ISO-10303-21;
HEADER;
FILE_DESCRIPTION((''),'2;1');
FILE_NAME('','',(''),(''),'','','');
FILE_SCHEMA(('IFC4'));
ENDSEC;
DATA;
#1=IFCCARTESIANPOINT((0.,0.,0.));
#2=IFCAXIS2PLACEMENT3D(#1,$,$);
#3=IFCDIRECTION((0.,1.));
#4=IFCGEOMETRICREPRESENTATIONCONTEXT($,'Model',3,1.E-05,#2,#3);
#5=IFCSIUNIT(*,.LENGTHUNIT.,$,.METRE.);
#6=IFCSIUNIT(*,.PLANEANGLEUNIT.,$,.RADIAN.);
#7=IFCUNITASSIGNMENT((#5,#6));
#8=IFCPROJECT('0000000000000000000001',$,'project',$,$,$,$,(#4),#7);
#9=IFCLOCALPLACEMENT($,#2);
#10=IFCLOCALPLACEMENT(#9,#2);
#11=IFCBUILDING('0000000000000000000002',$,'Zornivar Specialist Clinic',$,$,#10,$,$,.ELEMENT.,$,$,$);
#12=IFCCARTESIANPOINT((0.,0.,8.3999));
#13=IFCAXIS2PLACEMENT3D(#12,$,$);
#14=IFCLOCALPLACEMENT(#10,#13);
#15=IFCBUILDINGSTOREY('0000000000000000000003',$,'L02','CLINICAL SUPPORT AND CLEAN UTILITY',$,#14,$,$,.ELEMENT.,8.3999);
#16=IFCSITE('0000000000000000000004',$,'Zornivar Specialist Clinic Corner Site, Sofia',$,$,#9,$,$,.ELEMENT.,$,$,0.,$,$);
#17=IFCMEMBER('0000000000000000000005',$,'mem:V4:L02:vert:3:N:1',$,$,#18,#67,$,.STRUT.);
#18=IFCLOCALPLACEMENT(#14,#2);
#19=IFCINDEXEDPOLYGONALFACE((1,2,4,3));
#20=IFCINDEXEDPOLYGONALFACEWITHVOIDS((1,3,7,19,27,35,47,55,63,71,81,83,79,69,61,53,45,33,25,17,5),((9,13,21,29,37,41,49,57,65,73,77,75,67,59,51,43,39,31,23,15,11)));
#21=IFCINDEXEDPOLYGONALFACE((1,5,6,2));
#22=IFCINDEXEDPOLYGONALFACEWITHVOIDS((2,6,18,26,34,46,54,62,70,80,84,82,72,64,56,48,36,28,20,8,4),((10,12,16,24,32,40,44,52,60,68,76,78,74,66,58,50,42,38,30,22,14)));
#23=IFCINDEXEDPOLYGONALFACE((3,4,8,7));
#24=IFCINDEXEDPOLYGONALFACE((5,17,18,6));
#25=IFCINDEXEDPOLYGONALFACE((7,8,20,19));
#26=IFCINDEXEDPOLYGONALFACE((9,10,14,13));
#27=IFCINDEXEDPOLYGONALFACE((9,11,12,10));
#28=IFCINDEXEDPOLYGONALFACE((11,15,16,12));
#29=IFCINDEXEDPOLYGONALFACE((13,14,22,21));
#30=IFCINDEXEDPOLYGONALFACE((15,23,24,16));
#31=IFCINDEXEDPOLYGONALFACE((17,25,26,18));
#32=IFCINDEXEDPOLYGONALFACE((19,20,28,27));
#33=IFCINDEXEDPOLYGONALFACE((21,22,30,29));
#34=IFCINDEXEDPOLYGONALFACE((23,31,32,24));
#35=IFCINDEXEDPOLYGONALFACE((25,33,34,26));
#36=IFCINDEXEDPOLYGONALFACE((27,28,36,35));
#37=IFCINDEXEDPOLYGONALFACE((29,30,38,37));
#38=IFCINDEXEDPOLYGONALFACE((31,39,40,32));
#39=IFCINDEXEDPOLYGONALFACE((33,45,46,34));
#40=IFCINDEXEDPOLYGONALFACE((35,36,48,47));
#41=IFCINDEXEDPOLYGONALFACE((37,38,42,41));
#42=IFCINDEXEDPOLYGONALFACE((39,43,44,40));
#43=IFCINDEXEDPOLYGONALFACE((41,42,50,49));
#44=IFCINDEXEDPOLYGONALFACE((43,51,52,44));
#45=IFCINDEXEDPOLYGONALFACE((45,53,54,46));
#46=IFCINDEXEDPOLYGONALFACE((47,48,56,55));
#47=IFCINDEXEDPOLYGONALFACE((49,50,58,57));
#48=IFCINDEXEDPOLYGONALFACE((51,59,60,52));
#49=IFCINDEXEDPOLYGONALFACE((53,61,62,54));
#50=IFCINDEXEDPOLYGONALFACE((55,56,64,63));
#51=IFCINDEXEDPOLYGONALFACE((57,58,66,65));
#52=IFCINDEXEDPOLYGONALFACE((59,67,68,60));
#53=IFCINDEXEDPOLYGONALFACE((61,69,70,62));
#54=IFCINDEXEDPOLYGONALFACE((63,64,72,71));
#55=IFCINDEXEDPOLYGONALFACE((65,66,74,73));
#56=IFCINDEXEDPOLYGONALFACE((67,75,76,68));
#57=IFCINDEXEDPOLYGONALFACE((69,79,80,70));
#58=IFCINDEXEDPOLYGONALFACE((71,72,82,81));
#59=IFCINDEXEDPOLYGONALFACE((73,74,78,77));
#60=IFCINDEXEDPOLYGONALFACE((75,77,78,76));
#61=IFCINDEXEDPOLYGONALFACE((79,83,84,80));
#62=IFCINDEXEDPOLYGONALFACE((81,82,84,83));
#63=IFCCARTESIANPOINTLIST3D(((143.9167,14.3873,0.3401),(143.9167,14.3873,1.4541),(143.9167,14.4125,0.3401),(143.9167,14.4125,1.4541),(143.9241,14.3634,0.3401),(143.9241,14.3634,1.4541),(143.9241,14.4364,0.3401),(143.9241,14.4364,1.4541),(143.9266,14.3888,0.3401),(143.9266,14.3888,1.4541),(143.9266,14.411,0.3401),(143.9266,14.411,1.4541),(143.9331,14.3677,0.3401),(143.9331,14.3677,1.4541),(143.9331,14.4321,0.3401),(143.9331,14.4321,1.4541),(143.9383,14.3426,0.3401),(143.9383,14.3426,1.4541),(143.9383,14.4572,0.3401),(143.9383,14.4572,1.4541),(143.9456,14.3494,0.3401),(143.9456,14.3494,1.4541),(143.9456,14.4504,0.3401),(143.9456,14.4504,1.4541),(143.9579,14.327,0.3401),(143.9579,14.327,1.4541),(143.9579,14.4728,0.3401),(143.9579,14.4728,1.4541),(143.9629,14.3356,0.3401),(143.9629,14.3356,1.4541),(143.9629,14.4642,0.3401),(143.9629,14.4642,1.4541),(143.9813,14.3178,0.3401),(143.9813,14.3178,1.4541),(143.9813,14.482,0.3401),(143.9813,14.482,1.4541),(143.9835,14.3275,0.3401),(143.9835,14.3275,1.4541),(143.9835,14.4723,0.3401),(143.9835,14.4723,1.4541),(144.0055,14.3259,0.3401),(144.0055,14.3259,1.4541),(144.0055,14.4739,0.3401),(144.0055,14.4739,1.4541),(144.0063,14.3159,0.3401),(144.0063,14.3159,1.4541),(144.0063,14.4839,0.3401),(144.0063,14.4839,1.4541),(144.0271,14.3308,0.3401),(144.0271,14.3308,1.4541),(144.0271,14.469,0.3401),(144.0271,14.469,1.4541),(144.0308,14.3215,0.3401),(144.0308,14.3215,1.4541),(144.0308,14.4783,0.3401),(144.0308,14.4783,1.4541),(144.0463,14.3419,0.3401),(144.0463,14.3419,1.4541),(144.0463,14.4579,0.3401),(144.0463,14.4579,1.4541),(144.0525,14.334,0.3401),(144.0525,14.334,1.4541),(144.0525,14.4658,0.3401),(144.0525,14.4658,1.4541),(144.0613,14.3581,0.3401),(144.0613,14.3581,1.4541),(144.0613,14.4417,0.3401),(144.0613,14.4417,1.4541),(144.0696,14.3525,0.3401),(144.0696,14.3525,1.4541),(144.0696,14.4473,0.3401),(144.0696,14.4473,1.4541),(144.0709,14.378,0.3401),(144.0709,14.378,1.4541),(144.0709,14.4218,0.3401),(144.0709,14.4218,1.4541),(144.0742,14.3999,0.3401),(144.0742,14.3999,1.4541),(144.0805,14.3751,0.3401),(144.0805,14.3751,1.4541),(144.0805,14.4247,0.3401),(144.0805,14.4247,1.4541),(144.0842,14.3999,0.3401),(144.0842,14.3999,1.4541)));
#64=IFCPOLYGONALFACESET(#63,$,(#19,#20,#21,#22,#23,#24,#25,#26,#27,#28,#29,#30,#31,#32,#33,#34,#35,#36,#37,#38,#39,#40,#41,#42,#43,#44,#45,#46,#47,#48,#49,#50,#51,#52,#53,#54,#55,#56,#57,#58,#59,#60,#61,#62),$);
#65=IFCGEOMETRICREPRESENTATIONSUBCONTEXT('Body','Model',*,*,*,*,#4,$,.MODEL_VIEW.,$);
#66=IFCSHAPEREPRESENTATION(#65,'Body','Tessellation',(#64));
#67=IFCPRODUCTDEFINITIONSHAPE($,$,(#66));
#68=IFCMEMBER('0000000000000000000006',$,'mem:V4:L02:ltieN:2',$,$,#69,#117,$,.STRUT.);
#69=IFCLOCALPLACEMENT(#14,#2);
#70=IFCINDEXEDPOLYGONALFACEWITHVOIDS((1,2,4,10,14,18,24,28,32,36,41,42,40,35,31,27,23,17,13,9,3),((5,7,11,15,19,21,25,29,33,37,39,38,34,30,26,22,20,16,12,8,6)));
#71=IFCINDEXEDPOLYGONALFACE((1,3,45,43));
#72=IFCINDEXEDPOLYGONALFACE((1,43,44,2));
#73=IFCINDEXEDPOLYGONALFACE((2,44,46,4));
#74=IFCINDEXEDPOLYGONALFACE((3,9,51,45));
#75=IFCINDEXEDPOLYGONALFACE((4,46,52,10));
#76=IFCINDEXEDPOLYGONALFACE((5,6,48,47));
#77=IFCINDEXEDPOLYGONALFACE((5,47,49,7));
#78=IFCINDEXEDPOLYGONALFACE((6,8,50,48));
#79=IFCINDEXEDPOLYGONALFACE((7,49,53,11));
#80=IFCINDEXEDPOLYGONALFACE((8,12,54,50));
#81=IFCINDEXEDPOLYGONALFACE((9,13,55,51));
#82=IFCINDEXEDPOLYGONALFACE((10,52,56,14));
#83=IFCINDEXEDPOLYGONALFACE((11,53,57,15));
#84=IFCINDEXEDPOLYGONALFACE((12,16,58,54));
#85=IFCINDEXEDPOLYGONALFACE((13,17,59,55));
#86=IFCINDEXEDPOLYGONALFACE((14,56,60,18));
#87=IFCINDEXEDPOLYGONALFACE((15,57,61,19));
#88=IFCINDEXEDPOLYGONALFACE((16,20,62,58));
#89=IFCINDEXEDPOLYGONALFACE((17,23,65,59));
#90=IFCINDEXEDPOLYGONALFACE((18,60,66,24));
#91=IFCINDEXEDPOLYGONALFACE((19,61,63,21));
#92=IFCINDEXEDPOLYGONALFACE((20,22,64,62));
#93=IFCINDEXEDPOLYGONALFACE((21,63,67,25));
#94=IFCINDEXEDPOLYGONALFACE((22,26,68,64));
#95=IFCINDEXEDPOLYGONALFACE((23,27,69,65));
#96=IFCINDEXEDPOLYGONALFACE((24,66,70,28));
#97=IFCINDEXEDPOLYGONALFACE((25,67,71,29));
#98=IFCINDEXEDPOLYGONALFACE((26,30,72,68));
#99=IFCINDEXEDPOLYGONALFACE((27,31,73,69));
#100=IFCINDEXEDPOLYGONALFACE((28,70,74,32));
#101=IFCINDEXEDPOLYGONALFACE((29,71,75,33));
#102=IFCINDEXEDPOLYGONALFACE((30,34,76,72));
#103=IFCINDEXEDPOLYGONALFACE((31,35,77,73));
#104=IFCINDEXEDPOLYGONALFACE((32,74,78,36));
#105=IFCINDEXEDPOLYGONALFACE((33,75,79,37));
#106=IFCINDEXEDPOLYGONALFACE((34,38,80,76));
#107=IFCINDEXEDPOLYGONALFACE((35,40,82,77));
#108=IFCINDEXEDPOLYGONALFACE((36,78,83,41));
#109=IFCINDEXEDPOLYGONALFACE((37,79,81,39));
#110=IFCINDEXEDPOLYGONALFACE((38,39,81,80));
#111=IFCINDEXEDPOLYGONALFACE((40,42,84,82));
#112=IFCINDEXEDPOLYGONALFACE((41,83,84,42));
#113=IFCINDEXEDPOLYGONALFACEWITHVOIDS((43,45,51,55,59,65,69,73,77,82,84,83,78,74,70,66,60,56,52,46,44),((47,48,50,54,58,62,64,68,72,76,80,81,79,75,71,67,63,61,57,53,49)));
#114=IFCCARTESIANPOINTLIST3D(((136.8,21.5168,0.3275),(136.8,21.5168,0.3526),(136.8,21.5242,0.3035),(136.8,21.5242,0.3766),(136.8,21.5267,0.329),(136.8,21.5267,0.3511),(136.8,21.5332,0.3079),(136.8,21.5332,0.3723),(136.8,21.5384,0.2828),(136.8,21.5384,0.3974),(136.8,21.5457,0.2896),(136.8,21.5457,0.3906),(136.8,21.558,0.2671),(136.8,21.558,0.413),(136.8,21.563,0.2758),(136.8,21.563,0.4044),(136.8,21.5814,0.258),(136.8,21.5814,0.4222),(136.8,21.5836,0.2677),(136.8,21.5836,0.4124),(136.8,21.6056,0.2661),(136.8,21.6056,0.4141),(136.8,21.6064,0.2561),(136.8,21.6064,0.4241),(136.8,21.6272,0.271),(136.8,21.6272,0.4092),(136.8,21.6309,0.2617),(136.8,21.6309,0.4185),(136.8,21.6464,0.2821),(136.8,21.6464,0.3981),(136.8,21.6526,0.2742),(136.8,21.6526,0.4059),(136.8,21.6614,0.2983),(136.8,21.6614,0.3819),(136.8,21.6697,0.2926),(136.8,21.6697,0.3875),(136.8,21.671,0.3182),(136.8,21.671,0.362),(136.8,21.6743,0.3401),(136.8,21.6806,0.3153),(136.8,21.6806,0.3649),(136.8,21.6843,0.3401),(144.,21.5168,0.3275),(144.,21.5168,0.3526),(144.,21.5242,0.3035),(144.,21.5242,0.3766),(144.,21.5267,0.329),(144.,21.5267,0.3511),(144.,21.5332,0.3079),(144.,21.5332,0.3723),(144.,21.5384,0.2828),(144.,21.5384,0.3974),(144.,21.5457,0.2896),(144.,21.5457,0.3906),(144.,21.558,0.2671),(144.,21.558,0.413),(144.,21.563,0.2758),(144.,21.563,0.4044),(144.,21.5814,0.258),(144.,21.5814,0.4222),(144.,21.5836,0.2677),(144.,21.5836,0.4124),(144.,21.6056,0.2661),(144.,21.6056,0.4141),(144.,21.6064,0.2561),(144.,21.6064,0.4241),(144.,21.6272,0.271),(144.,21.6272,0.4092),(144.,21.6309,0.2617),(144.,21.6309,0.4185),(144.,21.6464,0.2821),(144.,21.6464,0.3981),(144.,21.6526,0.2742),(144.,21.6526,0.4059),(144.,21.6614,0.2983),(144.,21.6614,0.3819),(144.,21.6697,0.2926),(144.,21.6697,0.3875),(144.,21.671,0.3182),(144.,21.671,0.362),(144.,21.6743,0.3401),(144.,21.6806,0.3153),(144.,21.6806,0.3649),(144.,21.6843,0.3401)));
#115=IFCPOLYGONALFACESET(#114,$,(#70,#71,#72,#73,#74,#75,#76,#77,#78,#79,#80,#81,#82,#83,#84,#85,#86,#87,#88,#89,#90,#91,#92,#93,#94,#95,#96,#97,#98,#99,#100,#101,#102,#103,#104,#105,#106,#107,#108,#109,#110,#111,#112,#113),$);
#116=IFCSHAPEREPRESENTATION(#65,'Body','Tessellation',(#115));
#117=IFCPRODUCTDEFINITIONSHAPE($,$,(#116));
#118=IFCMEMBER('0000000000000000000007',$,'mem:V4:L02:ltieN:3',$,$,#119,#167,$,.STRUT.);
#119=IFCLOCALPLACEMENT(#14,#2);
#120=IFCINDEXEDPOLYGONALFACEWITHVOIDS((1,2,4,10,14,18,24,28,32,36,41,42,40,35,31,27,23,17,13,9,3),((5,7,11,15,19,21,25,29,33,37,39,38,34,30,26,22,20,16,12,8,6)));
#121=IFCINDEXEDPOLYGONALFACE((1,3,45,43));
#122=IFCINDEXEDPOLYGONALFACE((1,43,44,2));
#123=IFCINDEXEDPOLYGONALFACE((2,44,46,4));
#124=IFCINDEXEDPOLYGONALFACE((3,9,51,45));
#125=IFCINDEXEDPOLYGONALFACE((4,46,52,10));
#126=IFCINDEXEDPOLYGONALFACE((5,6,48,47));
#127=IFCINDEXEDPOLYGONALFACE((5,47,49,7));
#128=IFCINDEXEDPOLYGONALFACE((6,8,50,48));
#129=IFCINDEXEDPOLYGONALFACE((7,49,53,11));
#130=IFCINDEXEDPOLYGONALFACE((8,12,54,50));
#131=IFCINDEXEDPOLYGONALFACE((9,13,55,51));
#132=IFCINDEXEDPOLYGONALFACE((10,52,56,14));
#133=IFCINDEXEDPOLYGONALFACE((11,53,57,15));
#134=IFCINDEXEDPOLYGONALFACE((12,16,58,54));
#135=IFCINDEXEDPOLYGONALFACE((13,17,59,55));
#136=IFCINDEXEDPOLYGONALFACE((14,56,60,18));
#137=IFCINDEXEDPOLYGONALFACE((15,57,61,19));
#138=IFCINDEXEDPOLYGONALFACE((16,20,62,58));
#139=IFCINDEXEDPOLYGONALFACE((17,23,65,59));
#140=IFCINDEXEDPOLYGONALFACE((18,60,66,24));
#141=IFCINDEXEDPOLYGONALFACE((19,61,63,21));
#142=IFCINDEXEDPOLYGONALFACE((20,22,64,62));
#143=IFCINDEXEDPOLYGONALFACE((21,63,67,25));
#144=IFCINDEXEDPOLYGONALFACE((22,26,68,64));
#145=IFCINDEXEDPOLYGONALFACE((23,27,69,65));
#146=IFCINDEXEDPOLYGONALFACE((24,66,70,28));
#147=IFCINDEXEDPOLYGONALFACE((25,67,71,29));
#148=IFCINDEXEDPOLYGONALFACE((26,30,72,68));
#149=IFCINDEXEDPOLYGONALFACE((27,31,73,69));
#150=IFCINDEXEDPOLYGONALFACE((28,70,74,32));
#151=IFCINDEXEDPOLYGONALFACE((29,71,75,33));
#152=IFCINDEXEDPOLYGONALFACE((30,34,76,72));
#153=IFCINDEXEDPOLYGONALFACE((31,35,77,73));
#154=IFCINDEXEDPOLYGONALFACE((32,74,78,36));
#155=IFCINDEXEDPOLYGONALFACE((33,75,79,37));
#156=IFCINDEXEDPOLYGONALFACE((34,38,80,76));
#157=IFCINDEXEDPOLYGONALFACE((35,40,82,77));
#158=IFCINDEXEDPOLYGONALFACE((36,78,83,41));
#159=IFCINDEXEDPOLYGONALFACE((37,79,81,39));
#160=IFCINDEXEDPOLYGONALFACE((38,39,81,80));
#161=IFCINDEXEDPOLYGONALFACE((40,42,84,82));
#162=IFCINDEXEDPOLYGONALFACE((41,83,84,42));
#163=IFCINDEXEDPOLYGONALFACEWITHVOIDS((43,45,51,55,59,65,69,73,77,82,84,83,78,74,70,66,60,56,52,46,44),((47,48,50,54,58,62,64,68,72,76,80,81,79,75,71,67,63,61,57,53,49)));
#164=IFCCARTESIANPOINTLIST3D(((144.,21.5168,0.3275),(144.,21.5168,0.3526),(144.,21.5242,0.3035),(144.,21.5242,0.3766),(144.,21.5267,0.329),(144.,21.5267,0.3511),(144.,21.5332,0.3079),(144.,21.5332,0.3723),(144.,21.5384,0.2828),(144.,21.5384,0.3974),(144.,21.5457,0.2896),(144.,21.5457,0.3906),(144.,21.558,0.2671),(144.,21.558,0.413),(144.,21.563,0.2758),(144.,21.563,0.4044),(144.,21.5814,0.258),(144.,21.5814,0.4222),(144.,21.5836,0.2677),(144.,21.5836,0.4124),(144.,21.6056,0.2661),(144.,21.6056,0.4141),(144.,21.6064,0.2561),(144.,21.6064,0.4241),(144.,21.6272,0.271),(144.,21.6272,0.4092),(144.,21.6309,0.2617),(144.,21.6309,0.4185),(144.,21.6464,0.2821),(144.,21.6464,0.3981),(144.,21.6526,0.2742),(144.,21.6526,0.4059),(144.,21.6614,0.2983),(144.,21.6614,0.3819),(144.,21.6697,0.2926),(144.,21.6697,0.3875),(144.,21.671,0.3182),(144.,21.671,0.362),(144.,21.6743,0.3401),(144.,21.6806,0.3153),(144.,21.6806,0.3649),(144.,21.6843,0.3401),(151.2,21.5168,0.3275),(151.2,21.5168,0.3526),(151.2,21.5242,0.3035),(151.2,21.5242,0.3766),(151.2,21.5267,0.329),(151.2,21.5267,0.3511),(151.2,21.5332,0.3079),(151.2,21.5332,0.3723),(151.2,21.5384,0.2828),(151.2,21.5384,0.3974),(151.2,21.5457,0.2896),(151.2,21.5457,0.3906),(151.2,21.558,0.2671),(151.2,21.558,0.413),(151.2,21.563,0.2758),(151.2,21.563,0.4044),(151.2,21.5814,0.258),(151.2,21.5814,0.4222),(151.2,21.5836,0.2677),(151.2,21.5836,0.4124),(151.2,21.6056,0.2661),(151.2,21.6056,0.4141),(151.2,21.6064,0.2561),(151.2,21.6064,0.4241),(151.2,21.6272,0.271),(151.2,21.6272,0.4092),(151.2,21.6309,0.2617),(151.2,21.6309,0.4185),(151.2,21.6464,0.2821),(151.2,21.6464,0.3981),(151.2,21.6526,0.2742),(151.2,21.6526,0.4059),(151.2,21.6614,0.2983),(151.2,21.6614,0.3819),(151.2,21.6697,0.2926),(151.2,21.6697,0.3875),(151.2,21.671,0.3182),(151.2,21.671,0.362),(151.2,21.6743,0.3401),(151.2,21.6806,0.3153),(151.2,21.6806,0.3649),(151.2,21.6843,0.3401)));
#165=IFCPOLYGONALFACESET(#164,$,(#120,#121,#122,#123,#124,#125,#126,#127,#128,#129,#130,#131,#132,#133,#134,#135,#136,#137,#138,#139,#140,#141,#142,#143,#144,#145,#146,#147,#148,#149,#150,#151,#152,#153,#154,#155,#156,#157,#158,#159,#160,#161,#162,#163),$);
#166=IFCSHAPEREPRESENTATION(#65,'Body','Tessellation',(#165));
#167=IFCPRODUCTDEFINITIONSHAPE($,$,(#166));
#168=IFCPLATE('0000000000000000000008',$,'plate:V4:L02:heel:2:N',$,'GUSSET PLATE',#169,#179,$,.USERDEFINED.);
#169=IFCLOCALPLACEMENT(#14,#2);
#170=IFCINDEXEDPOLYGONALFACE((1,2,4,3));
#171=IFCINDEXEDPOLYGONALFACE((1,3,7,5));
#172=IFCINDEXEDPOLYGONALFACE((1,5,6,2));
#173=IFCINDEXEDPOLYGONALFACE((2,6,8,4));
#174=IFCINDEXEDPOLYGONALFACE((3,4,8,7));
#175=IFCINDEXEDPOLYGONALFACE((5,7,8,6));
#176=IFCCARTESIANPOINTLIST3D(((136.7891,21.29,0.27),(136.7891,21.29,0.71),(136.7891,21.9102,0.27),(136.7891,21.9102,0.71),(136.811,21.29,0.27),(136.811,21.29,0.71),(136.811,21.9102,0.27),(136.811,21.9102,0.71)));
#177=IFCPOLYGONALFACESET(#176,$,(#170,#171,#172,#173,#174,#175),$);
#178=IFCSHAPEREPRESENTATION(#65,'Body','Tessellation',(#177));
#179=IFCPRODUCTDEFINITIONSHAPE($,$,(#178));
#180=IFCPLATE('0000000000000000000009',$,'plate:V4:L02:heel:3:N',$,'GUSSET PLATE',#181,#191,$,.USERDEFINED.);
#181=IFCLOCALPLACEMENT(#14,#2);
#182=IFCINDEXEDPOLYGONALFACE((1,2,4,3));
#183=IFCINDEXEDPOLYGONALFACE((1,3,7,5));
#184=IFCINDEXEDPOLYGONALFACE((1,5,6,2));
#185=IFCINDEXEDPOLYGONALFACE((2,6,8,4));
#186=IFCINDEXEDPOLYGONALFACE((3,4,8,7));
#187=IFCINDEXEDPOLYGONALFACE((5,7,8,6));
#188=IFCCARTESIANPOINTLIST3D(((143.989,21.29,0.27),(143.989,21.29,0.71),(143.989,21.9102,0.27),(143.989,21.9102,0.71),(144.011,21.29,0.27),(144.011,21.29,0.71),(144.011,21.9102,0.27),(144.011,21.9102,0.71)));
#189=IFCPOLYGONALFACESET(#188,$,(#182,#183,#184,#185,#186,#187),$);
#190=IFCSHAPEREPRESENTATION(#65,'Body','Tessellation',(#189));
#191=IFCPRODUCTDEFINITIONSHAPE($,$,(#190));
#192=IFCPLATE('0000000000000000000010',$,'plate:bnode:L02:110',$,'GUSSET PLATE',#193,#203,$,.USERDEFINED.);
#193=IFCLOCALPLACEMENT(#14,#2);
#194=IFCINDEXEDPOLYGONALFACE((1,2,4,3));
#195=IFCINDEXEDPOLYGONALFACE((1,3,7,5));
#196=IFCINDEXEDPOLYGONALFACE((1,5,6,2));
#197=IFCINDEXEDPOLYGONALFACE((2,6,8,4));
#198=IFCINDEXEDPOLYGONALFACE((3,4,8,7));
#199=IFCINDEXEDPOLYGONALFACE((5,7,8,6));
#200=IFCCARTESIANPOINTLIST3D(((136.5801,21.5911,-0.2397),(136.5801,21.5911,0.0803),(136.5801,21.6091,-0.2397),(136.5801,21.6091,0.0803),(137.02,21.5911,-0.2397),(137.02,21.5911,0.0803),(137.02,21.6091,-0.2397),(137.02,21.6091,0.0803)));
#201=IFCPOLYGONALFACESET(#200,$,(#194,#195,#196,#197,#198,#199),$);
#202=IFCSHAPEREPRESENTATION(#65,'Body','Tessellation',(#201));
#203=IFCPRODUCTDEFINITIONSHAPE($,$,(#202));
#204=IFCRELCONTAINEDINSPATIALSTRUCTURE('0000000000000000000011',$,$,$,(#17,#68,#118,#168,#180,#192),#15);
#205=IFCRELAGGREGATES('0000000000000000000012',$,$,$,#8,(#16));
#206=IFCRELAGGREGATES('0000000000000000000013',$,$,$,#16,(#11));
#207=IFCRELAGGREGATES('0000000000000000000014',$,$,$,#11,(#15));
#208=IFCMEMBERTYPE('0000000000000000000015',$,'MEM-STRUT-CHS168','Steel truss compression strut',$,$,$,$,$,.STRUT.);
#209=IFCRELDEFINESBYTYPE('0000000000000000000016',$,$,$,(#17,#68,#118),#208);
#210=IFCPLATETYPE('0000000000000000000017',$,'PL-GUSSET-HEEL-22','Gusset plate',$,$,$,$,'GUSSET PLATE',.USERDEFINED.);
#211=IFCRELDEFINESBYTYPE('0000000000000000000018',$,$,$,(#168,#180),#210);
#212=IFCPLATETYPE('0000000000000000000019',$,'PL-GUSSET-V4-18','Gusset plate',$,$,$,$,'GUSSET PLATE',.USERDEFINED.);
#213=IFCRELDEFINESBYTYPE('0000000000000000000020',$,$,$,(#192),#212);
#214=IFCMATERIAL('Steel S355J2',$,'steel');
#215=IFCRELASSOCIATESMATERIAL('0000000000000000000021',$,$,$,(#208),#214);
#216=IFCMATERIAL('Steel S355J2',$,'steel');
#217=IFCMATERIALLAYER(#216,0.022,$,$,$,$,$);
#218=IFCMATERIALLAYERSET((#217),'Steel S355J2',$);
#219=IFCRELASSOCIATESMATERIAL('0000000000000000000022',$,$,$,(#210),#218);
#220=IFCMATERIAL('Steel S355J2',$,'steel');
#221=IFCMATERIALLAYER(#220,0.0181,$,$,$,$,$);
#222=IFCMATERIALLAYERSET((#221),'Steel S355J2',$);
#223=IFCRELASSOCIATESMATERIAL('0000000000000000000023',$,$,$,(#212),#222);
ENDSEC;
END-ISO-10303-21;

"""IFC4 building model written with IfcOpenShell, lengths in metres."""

from ifc_helpers import new_model, si_unit, direction, frame, origin, origin_2d, place, context, subcontext, project, spatial, rectangle, hollow_circle, extrude, material, layer, layer_set, material_profile, profile_set, type_object, element, save


model = new_model("IFC4")

# Units and contexts
model_context = context("Model", 3, precision=1e-05, world=origin(), true_north=direction((0.0, 1.0)))
body_context = subcontext(model_context, "Body", "Model", "MODEL_VIEW")
ifc_project = project(units=[si_unit("LENGTHUNIT", "METRE"), si_unit("PLANEANGLEUNIT", "RADIAN")], contexts=[model_context])

# Site, building, storey
site_placement = place(None, origin())
site = spatial("IfcSite", under=ifc_project, at=site_placement, Name="Zornivar Specialist Clinic Corner Site, Sofia", CompositionType="ELEMENT", RefElevation=0.0)
building_placement = place(site_placement, origin())
building = spatial("IfcBuilding", under=site, at=building_placement, Name="Zornivar Specialist Clinic", CompositionType="ELEMENT")
storey_placement = place(building_placement, frame((0.0, 0.0, 8.3999)))
storey = spatial("IfcBuildingStorey", under=building, at=storey_placement, Name="L02", Description="CLINICAL SUPPORT AND CLEAN UTILITY", CompositionType="ELEMENT", Elevation=8.3999)

# Members
ifc_material_1 = material(Name="Steel S355J2", Category="steel")
ifc_material_profile_1 = material_profile(ifc_material_1, hollow_circle(Radius=0.0842, WallThickness=0.01, at=origin_2d()), Name="CHS 168.3x10")
ifc_profile_set_1 = profile_set([ifc_material_profile_1], Name="Steel S355J2")
member_type_1 = type_object("IfcMemberType", Name="MEM-STRUT-CHS168", Description="Steel truss compression strut", PredefinedType="STRUT", material=ifc_profile_set_1)
member_1_placement = place(storey_placement, frame((144.0, 14.3999, 0.3401), z_axis=(0.0, 0.0, 1.0), x_axis=(1.0, 0.0, 0.0)))
element("IfcMember", 1, at=member_1_placement, inside=storey, type_object=member_type_1, Name="mem:V4:L02:vert:3:N:1", PredefinedType="STRUT", context=body_context, shape_type="SweptSolid", body=[
    extrude(hollow_circle(Radius=0.0842, WallThickness=0.01, at=origin_2d()), origin(), (0.0, 0.0, 1.0), 1.114),
])
for number, where, z_axis, x_axis, name in (
    (2, (136.8, 21.6001, 0.3401), (1.0, 0.0, 0.0), (0.0, 1.0, 0.0), "mem:V4:L02:ltieN:2"),
    (3, (144.0, 21.6001, 0.3401), (1.0, 0.0, 0.0), (0.0, 1.0, 0.0), "mem:V4:L02:ltieN:3"),
):
    element("IfcMember", number, at=place(storey_placement, frame(where, z_axis=z_axis, x_axis=x_axis)), inside=storey, type_object=member_type_1, Name=name, PredefinedType="STRUT", context=body_context, shape_type="SweptSolid", body=[
        extrude(hollow_circle(Radius=0.0842, WallThickness=0.01, at=origin_2d()), origin(), (0.0, 0.0, 1.0), 7.2),
    ])

# Plates
ifc_material_2 = material(Name="Steel S355J2", Category="steel")
ifc_layer_1 = layer(ifc_material_2, 0.022)
ifc_layer_set_1 = layer_set([ifc_layer_1], Name="Steel S355J2")
plate_type_1 = type_object("IfcPlateType", Name="PL-GUSSET-HEEL-22", Description="Gusset plate", ElementType="GUSSET PLATE", PredefinedType="USERDEFINED", material=ifc_layer_set_1)
for number, where, z_axis, x_axis, name in (
    (4, (136.8, 21.6001, 0.27), (0.0, 0.0, 1.0), (1.0, 0.0, 0.0), "plate:V4:L02:heel:2:N"),
    (5, (144.0, 21.6001, 0.27), (0.0, 0.0, 1.0), (1.0, 0.0, 0.0), "plate:V4:L02:heel:3:N"),
):
    element("IfcPlate", number, at=place(storey_placement, frame(where, z_axis=z_axis, x_axis=x_axis)), inside=storey, type_object=plate_type_1, Name=name, ObjectType="GUSSET PLATE", PredefinedType="USERDEFINED", context=body_context, shape_type="SweptSolid", body=[
        extrude(rectangle(XDim=0.022, YDim=0.6201, at=origin_2d()), origin(), (0.0, 0.0, 1.0), 0.4399),
    ])
ifc_material_3 = material(Name="Steel S355J2", Category="steel")
ifc_layer_2 = layer(ifc_material_3, 0.0181)
ifc_layer_set_2 = layer_set([ifc_layer_2], Name="Steel S355J2")
plate_type_2 = type_object("IfcPlateType", Name="PL-GUSSET-V4-18", Description="Gusset plate", ElementType="GUSSET PLATE", PredefinedType="USERDEFINED", material=ifc_layer_set_2)
for number, where, z_axis, x_axis, name in (
    (6, (136.8, 21.6001, -0.2397), (0.0, 0.0, 1.0), (1.0, 0.0, 0.0), "plate:bnode:L02:110"),
):
    element("IfcPlate", number, at=place(storey_placement, frame(where, z_axis=z_axis, x_axis=x_axis)), inside=storey, type_object=plate_type_2, Name=name, ObjectType="GUSSET PLATE", PredefinedType="USERDEFINED", context=body_context, shape_type="SweptSolid", body=[
        extrude(rectangle(XDim=0.4399, YDim=0.0181, at=origin_2d()), origin(), (0.0, 0.0, 1.0), 0.3201),
    ])

save(model, "model.ifc")
